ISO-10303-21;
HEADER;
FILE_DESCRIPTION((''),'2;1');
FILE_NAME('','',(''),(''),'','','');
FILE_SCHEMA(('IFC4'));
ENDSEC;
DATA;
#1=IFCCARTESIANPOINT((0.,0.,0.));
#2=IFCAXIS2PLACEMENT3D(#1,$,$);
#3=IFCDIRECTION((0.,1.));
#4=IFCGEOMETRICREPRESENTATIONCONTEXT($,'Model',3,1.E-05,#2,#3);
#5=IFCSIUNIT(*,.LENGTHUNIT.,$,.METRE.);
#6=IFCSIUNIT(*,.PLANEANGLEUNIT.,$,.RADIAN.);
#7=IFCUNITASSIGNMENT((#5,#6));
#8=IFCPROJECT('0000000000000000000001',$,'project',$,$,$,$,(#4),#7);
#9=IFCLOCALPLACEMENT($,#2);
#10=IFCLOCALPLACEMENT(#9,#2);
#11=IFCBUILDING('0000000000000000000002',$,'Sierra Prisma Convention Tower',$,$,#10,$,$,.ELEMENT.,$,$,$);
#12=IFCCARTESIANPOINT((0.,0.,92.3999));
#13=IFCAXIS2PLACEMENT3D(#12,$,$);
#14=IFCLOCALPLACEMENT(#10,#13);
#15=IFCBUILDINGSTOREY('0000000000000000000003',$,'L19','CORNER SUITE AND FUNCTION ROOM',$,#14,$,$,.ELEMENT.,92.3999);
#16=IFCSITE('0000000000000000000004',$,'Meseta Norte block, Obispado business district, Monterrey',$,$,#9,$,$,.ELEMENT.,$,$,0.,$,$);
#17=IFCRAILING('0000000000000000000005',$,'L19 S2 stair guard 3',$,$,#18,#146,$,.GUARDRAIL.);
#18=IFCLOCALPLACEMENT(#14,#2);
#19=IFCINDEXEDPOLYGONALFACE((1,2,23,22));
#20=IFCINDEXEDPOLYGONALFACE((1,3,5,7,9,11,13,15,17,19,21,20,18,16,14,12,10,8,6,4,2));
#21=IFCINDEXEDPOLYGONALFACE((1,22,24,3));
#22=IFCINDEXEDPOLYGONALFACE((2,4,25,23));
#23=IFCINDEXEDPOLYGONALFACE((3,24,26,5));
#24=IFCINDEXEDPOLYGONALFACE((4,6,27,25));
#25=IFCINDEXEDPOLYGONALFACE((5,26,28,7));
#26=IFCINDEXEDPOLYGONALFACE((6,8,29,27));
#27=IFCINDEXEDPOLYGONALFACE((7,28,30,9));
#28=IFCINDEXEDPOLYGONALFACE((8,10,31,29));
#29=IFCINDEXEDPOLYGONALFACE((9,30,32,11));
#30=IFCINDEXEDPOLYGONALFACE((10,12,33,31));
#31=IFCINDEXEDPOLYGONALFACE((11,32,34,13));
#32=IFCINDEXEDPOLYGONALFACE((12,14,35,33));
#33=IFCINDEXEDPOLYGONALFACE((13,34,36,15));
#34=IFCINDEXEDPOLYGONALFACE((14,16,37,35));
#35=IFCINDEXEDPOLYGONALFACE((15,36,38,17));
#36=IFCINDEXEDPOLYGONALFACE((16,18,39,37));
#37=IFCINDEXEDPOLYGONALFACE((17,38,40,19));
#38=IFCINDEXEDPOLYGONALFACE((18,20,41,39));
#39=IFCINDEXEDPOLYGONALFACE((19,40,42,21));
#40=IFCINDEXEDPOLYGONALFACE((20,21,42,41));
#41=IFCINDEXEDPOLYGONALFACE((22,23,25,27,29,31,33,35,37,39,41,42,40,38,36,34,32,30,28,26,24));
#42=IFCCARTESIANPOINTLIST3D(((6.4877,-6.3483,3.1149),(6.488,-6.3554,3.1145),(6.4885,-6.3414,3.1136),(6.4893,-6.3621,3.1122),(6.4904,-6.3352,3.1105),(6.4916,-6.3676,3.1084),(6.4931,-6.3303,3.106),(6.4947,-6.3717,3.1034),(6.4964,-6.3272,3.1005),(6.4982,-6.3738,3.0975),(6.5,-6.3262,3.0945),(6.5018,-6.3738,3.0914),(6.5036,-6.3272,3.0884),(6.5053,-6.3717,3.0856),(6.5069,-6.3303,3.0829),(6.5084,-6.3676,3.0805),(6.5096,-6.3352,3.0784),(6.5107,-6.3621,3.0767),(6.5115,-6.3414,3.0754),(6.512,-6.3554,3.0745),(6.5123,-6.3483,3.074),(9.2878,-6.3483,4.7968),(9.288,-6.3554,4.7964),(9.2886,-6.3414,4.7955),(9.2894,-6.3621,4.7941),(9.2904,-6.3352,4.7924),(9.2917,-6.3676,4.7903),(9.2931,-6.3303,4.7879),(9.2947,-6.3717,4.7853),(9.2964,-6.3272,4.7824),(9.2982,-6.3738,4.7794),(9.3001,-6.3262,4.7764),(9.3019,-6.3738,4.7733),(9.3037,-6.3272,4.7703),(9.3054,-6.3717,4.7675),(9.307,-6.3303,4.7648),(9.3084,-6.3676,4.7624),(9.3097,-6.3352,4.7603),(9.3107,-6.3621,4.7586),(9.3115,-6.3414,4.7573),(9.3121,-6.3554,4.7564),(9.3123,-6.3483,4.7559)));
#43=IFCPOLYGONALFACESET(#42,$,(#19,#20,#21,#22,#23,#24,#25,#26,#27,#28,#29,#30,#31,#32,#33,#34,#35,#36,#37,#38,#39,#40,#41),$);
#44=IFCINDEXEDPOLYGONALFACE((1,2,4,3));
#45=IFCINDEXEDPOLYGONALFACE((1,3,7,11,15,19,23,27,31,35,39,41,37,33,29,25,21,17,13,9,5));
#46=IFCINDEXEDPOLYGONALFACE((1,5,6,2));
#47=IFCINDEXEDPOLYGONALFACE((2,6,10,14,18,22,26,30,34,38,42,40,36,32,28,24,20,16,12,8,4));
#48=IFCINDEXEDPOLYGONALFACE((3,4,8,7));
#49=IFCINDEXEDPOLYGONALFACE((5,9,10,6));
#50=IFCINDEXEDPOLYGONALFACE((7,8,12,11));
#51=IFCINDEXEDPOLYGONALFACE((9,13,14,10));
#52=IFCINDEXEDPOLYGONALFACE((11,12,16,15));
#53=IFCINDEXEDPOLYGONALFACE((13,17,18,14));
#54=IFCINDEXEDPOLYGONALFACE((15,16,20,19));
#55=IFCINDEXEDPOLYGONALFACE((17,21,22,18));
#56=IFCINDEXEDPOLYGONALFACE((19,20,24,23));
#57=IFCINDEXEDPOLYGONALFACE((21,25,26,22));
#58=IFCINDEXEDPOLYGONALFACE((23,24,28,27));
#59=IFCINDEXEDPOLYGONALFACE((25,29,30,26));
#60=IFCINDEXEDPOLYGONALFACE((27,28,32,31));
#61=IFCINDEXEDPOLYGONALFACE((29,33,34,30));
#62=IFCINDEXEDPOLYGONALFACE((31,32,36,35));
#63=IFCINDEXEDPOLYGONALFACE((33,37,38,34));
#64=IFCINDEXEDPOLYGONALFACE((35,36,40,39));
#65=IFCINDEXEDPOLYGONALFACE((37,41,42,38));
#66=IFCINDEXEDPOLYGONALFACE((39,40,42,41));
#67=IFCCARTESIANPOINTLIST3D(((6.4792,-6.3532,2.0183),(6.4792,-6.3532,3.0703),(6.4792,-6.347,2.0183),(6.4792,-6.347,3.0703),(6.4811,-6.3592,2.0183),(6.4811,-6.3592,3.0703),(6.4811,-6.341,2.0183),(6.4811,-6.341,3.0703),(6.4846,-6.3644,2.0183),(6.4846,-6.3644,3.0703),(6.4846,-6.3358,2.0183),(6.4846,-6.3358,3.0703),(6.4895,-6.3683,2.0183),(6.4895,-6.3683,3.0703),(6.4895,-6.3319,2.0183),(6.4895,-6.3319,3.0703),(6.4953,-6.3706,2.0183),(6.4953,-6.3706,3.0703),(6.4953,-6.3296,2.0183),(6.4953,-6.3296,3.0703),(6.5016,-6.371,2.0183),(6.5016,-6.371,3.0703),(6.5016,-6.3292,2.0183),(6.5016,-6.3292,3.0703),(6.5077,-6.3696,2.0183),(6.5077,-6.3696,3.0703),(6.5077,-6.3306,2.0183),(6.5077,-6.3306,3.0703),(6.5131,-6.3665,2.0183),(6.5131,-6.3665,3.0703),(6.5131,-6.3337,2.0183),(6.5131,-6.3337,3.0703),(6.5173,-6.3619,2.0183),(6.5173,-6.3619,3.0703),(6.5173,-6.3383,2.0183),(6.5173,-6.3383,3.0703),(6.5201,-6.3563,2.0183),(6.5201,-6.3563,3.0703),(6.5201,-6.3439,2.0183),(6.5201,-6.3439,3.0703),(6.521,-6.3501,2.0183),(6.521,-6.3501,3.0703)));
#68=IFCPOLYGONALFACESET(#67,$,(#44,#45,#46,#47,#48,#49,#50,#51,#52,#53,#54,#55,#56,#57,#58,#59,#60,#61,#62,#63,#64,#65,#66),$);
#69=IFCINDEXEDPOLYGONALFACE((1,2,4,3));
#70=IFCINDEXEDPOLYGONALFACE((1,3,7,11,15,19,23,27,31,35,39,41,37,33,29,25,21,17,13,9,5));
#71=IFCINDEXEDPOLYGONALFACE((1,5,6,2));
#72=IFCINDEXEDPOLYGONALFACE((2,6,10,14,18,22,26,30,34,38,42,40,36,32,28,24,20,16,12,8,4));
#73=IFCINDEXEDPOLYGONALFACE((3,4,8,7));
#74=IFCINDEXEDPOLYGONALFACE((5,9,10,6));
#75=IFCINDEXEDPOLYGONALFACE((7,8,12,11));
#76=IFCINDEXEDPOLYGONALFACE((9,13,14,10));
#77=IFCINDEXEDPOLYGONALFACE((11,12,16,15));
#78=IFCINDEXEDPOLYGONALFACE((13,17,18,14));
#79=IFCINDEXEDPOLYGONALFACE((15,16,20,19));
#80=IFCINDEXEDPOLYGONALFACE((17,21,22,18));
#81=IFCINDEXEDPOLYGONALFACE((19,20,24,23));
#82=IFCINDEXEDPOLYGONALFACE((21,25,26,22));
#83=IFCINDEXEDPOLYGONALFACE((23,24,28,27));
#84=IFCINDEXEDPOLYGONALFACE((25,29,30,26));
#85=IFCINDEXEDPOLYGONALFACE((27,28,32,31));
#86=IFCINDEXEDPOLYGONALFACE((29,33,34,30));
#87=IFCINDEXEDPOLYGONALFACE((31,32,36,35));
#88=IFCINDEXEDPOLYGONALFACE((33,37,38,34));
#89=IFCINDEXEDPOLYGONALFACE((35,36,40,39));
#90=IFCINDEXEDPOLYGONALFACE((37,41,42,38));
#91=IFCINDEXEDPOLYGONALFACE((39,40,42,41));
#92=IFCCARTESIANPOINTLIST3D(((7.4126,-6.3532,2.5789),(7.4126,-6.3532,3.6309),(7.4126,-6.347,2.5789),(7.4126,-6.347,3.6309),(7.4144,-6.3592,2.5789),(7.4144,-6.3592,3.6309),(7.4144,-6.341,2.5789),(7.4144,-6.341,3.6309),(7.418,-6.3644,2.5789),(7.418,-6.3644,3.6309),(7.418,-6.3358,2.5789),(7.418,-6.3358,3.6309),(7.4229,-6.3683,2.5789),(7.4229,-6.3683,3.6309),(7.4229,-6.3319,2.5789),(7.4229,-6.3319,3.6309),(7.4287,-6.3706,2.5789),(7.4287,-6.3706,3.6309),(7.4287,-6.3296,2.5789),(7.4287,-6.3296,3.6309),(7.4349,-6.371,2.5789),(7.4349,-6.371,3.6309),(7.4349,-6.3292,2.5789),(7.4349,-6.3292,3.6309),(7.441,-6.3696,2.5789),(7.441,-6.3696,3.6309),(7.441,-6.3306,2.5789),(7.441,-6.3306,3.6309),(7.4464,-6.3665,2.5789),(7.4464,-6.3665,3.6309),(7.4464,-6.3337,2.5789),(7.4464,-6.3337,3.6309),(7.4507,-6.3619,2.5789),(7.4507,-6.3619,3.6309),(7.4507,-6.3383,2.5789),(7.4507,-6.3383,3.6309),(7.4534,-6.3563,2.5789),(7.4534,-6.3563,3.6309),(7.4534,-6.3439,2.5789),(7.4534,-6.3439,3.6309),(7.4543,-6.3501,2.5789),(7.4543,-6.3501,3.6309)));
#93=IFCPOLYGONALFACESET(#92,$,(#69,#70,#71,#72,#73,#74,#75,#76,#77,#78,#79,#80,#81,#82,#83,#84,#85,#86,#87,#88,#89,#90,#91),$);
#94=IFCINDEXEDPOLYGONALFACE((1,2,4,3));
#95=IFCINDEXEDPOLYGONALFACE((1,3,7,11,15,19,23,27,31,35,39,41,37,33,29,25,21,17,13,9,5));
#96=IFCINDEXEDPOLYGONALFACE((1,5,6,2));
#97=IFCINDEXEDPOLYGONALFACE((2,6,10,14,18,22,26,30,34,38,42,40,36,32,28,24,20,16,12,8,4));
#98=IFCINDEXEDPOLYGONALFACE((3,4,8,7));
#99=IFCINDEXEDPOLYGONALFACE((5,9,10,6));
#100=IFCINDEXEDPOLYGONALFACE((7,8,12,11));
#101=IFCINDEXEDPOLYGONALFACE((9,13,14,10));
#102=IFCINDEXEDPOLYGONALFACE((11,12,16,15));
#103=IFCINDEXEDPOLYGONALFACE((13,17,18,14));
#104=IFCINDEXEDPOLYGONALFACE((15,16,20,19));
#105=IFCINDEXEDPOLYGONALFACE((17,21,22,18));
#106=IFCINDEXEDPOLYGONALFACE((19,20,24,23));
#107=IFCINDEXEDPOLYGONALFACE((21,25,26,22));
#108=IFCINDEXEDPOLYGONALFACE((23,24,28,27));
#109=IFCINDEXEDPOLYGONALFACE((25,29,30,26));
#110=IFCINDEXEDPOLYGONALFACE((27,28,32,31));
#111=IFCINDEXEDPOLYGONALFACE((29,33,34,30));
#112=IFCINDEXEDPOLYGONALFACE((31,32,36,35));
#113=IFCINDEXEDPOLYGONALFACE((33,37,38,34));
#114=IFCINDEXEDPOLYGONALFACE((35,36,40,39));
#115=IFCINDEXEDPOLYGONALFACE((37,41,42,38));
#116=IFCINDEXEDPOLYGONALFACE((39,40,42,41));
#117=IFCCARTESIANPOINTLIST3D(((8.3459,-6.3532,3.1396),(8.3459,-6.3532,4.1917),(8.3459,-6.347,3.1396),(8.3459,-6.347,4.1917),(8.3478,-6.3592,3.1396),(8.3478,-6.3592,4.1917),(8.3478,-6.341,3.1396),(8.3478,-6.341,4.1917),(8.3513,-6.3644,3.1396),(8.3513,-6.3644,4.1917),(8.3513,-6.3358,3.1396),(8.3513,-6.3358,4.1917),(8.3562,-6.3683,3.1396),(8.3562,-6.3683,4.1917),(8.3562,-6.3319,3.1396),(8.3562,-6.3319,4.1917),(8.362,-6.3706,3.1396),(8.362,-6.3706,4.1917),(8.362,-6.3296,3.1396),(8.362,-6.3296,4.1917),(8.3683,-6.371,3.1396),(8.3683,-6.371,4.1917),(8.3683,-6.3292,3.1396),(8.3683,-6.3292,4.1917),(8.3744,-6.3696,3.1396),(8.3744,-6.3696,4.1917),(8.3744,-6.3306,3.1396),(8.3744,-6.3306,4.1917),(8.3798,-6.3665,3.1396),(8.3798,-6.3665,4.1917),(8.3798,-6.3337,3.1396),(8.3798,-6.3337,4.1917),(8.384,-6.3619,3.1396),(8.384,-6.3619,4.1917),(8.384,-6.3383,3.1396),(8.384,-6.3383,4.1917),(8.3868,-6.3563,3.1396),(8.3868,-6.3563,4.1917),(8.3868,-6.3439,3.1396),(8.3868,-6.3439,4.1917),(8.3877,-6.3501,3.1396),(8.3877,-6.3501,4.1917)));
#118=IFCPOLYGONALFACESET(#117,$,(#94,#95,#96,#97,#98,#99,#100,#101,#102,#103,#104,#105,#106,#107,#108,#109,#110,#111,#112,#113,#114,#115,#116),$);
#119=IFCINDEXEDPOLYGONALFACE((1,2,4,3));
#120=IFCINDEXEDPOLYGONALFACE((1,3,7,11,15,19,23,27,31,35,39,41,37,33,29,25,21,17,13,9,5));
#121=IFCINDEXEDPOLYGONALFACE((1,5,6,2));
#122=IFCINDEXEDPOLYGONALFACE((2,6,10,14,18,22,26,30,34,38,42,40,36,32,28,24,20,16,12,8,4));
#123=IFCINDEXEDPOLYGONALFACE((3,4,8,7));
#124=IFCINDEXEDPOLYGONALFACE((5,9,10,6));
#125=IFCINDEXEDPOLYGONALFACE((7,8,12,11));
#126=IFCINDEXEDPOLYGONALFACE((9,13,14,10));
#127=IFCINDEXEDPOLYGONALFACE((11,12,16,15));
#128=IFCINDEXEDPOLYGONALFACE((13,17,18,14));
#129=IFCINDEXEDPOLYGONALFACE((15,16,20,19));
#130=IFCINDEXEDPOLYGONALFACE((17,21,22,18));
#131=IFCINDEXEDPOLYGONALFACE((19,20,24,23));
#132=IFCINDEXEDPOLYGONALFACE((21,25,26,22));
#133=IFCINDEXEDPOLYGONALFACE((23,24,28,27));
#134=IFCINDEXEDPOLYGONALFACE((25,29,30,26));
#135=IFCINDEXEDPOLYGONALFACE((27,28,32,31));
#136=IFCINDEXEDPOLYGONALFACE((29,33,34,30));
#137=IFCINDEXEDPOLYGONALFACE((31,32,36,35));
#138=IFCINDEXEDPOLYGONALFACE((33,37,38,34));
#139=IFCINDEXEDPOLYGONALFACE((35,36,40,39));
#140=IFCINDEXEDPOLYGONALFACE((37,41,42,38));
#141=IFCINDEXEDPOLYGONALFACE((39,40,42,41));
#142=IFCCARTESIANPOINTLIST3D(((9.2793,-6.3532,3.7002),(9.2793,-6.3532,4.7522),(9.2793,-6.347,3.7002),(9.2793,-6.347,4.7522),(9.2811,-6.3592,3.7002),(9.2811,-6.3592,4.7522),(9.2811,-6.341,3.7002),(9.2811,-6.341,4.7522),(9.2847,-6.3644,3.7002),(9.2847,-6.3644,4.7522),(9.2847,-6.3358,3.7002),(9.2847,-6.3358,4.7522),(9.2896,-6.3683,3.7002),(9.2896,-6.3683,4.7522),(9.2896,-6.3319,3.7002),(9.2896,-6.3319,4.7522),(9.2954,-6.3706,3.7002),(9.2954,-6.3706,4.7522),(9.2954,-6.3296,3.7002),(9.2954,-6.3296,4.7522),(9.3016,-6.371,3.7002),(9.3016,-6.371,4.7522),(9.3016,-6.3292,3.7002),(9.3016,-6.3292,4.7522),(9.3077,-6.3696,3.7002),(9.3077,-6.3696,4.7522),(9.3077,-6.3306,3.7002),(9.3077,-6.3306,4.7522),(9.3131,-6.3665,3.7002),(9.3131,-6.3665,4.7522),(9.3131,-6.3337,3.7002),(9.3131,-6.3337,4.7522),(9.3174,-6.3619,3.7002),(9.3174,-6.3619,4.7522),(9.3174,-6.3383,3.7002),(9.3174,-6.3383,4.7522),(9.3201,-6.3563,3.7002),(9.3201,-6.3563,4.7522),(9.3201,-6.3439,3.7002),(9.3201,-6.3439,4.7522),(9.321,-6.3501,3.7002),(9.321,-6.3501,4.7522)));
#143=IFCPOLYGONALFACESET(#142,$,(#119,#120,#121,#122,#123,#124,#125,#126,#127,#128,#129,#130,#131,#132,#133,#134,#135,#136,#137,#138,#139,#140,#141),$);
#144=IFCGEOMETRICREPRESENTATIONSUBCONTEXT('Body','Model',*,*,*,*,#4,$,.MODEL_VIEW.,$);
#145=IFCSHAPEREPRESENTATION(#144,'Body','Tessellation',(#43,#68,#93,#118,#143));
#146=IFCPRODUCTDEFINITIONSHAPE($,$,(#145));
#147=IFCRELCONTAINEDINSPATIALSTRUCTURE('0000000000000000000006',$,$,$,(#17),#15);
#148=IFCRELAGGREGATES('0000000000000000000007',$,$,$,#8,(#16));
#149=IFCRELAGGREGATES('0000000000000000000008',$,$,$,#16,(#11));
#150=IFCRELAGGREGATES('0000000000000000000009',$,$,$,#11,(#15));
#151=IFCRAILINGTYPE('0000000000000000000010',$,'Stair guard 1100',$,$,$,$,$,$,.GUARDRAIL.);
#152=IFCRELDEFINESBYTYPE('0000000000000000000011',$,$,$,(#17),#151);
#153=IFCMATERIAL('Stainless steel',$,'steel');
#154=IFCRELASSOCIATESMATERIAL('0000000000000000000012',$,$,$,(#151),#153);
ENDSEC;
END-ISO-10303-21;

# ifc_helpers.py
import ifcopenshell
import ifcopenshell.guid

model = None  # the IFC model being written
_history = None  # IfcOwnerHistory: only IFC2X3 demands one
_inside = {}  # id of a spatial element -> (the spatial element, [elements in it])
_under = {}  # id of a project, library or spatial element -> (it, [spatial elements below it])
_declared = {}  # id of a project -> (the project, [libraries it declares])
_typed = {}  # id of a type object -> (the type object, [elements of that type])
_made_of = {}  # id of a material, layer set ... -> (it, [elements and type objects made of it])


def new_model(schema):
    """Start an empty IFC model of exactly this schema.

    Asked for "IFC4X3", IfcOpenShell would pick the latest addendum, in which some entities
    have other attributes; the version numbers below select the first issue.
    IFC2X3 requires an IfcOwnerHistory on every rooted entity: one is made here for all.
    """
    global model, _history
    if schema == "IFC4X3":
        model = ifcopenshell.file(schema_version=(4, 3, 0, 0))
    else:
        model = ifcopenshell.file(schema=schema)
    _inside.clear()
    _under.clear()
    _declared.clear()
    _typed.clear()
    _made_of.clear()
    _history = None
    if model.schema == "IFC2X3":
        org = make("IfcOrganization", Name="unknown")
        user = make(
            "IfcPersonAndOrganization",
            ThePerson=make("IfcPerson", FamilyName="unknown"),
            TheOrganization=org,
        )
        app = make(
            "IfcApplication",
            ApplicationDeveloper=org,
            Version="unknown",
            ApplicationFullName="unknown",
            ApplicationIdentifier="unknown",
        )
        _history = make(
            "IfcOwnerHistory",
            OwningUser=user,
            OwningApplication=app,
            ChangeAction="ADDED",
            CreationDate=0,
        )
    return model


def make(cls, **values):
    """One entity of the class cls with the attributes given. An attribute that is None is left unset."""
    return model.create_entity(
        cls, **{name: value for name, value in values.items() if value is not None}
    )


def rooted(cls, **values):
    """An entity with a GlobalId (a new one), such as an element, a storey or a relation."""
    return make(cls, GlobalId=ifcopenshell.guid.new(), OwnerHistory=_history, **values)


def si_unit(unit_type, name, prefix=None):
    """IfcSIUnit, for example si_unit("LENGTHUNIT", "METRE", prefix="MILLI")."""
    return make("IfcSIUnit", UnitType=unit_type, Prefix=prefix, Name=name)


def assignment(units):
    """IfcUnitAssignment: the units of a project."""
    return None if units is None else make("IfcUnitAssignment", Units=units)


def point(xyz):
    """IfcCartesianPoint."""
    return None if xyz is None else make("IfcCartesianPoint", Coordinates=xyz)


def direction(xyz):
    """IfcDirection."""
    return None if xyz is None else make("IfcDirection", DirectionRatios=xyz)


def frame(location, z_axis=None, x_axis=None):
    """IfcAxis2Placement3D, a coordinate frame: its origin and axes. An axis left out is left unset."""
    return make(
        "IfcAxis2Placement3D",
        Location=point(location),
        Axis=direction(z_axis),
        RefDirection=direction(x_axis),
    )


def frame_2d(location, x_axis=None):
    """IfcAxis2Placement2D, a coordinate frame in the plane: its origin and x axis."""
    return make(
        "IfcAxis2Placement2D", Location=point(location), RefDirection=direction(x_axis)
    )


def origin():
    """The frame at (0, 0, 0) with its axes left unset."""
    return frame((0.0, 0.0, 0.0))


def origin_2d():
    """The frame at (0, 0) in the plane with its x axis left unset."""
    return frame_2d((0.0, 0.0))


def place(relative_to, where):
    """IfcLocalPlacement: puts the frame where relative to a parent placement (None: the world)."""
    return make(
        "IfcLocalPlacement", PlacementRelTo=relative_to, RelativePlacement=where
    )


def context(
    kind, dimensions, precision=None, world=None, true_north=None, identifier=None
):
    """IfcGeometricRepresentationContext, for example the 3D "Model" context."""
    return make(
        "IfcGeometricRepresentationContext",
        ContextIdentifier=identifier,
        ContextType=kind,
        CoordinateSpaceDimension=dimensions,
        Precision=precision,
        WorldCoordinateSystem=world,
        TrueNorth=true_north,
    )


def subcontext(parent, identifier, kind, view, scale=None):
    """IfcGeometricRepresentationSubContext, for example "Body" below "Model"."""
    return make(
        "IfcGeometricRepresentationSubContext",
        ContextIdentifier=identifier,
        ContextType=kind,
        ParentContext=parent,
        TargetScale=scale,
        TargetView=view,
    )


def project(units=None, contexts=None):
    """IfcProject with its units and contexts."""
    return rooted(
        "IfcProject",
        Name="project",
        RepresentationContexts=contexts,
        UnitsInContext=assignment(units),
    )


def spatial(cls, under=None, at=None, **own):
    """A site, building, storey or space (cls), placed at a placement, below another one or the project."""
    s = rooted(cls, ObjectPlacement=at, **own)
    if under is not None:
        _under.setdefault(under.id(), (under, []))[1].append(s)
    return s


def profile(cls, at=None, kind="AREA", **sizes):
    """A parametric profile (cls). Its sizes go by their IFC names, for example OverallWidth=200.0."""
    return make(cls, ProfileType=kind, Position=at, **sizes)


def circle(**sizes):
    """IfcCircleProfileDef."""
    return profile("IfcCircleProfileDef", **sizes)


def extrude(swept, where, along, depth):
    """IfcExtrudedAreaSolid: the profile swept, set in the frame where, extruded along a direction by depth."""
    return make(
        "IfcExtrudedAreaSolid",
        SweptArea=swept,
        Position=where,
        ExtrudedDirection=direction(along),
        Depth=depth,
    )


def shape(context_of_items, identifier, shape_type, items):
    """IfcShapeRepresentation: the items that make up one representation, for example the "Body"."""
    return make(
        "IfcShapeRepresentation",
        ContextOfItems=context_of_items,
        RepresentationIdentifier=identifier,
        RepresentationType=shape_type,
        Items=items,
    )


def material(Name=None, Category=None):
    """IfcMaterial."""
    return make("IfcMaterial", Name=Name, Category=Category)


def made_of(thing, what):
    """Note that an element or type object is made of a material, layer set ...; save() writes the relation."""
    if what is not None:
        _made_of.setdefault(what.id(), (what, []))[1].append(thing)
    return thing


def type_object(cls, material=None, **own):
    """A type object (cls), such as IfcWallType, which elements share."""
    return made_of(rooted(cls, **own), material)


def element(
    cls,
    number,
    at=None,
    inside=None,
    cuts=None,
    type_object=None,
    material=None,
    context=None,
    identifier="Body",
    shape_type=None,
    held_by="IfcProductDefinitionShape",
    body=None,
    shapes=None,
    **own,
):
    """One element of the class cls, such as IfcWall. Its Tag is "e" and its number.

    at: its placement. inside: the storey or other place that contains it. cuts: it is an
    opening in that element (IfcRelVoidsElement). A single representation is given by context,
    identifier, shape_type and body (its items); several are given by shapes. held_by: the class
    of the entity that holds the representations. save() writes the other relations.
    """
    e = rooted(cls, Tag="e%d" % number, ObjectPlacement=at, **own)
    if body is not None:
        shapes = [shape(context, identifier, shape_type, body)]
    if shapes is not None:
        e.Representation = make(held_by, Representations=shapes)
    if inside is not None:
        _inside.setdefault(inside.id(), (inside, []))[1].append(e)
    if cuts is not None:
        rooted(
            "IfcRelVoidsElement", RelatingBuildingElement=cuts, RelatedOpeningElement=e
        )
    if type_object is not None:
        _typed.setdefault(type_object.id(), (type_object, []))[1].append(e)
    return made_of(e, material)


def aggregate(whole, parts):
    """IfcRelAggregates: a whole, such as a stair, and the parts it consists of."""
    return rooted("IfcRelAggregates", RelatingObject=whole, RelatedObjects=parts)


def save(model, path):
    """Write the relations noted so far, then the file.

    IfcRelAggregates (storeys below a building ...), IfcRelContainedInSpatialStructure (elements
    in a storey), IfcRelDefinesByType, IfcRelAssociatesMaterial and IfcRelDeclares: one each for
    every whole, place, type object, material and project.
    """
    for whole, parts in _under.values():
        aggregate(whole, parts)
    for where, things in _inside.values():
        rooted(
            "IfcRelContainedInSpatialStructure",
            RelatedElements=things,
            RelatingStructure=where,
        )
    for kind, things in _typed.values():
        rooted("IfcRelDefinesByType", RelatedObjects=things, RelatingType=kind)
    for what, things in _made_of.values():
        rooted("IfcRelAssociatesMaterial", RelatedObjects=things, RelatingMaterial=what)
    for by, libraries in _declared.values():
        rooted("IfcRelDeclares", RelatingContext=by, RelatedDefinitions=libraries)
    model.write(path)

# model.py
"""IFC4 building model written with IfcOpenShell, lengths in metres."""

from ifc_helpers import new_model, si_unit, direction, frame, origin, origin_2d, place, context, subcontext, project, spatial, circle, extrude, material, type_object, element, save


model = new_model("IFC4")

# Units and contexts
model_context = context("Model", 3, precision=1e-05, world=origin(), true_north=direction((0.0, 1.0)))
body_context = subcontext(model_context, "Body", "Model", "MODEL_VIEW")
ifc_project = project(units=[si_unit("LENGTHUNIT", "METRE"), si_unit("PLANEANGLEUNIT", "RADIAN")], contexts=[model_context])

# Site, building, storey
site_placement = place(None, origin())
site = spatial("IfcSite", under=ifc_project, at=site_placement, Name="Meseta Norte block, Obispado business district, Monterrey", CompositionType="ELEMENT", RefElevation=0.0)
building_placement = place(site_placement, origin())
building = spatial("IfcBuilding", under=site, at=building_placement, Name="Sierra Prisma Convention Tower", CompositionType="ELEMENT")
storey_placement = place(building_placement, frame((0.0, 0.0, 92.3999)))
storey = spatial("IfcBuildingStorey", under=building, at=storey_placement, Name="L19", Description="CORNER SUITE AND FUNCTION ROOM", CompositionType="ELEMENT", Elevation=92.3999)

# Railing
ifc_material_1 = material(Name="Stainless steel", Category="steel")
railing_type_1 = type_object("IfcRailingType", Name="Stair guard 1100", PredefinedType="GUARDRAIL", material=ifc_material_1)
railing_1_placement = place(storey_placement, frame((6.5, -6.3501, 2.0183)))
element("IfcRailing", 1, at=railing_1_placement, inside=storey, type_object=railing_type_1, Name="L19 S2 stair guard 3", PredefinedType="GUARDRAIL", context=body_context, shape_type="SweptSolid", body=[
    extrude(circle(Radius=0.0239, at=origin_2d()), frame((0.0, 0.0, 1.0762), z_axis=(0.857242, 0.0, 0.514913), x_axis=(0.0, 1.0, 0.0)), (0.0, 0.0, 1.0), 3.2664),
    extrude(circle(Radius=0.021, at=origin_2d()), origin(), (0.0, 0.0, 1.0), 1.052),
    extrude(circle(Radius=0.021, at=origin_2d()), frame((0.9333, 0.0, 0.5605)), (0.0, 0.0, 1.0), 1.052),
    extrude(circle(Radius=0.021, at=origin_2d()), frame((1.8667, 0.0, 1.1213)), (0.0, 0.0, 1.0), 1.052),
    extrude(circle(Radius=0.021, at=origin_2d()), frame((2.8, 0.0, 1.6819)), (0.0, 0.0, 1.0), 1.052),
])

save(model, "model.ifc")
